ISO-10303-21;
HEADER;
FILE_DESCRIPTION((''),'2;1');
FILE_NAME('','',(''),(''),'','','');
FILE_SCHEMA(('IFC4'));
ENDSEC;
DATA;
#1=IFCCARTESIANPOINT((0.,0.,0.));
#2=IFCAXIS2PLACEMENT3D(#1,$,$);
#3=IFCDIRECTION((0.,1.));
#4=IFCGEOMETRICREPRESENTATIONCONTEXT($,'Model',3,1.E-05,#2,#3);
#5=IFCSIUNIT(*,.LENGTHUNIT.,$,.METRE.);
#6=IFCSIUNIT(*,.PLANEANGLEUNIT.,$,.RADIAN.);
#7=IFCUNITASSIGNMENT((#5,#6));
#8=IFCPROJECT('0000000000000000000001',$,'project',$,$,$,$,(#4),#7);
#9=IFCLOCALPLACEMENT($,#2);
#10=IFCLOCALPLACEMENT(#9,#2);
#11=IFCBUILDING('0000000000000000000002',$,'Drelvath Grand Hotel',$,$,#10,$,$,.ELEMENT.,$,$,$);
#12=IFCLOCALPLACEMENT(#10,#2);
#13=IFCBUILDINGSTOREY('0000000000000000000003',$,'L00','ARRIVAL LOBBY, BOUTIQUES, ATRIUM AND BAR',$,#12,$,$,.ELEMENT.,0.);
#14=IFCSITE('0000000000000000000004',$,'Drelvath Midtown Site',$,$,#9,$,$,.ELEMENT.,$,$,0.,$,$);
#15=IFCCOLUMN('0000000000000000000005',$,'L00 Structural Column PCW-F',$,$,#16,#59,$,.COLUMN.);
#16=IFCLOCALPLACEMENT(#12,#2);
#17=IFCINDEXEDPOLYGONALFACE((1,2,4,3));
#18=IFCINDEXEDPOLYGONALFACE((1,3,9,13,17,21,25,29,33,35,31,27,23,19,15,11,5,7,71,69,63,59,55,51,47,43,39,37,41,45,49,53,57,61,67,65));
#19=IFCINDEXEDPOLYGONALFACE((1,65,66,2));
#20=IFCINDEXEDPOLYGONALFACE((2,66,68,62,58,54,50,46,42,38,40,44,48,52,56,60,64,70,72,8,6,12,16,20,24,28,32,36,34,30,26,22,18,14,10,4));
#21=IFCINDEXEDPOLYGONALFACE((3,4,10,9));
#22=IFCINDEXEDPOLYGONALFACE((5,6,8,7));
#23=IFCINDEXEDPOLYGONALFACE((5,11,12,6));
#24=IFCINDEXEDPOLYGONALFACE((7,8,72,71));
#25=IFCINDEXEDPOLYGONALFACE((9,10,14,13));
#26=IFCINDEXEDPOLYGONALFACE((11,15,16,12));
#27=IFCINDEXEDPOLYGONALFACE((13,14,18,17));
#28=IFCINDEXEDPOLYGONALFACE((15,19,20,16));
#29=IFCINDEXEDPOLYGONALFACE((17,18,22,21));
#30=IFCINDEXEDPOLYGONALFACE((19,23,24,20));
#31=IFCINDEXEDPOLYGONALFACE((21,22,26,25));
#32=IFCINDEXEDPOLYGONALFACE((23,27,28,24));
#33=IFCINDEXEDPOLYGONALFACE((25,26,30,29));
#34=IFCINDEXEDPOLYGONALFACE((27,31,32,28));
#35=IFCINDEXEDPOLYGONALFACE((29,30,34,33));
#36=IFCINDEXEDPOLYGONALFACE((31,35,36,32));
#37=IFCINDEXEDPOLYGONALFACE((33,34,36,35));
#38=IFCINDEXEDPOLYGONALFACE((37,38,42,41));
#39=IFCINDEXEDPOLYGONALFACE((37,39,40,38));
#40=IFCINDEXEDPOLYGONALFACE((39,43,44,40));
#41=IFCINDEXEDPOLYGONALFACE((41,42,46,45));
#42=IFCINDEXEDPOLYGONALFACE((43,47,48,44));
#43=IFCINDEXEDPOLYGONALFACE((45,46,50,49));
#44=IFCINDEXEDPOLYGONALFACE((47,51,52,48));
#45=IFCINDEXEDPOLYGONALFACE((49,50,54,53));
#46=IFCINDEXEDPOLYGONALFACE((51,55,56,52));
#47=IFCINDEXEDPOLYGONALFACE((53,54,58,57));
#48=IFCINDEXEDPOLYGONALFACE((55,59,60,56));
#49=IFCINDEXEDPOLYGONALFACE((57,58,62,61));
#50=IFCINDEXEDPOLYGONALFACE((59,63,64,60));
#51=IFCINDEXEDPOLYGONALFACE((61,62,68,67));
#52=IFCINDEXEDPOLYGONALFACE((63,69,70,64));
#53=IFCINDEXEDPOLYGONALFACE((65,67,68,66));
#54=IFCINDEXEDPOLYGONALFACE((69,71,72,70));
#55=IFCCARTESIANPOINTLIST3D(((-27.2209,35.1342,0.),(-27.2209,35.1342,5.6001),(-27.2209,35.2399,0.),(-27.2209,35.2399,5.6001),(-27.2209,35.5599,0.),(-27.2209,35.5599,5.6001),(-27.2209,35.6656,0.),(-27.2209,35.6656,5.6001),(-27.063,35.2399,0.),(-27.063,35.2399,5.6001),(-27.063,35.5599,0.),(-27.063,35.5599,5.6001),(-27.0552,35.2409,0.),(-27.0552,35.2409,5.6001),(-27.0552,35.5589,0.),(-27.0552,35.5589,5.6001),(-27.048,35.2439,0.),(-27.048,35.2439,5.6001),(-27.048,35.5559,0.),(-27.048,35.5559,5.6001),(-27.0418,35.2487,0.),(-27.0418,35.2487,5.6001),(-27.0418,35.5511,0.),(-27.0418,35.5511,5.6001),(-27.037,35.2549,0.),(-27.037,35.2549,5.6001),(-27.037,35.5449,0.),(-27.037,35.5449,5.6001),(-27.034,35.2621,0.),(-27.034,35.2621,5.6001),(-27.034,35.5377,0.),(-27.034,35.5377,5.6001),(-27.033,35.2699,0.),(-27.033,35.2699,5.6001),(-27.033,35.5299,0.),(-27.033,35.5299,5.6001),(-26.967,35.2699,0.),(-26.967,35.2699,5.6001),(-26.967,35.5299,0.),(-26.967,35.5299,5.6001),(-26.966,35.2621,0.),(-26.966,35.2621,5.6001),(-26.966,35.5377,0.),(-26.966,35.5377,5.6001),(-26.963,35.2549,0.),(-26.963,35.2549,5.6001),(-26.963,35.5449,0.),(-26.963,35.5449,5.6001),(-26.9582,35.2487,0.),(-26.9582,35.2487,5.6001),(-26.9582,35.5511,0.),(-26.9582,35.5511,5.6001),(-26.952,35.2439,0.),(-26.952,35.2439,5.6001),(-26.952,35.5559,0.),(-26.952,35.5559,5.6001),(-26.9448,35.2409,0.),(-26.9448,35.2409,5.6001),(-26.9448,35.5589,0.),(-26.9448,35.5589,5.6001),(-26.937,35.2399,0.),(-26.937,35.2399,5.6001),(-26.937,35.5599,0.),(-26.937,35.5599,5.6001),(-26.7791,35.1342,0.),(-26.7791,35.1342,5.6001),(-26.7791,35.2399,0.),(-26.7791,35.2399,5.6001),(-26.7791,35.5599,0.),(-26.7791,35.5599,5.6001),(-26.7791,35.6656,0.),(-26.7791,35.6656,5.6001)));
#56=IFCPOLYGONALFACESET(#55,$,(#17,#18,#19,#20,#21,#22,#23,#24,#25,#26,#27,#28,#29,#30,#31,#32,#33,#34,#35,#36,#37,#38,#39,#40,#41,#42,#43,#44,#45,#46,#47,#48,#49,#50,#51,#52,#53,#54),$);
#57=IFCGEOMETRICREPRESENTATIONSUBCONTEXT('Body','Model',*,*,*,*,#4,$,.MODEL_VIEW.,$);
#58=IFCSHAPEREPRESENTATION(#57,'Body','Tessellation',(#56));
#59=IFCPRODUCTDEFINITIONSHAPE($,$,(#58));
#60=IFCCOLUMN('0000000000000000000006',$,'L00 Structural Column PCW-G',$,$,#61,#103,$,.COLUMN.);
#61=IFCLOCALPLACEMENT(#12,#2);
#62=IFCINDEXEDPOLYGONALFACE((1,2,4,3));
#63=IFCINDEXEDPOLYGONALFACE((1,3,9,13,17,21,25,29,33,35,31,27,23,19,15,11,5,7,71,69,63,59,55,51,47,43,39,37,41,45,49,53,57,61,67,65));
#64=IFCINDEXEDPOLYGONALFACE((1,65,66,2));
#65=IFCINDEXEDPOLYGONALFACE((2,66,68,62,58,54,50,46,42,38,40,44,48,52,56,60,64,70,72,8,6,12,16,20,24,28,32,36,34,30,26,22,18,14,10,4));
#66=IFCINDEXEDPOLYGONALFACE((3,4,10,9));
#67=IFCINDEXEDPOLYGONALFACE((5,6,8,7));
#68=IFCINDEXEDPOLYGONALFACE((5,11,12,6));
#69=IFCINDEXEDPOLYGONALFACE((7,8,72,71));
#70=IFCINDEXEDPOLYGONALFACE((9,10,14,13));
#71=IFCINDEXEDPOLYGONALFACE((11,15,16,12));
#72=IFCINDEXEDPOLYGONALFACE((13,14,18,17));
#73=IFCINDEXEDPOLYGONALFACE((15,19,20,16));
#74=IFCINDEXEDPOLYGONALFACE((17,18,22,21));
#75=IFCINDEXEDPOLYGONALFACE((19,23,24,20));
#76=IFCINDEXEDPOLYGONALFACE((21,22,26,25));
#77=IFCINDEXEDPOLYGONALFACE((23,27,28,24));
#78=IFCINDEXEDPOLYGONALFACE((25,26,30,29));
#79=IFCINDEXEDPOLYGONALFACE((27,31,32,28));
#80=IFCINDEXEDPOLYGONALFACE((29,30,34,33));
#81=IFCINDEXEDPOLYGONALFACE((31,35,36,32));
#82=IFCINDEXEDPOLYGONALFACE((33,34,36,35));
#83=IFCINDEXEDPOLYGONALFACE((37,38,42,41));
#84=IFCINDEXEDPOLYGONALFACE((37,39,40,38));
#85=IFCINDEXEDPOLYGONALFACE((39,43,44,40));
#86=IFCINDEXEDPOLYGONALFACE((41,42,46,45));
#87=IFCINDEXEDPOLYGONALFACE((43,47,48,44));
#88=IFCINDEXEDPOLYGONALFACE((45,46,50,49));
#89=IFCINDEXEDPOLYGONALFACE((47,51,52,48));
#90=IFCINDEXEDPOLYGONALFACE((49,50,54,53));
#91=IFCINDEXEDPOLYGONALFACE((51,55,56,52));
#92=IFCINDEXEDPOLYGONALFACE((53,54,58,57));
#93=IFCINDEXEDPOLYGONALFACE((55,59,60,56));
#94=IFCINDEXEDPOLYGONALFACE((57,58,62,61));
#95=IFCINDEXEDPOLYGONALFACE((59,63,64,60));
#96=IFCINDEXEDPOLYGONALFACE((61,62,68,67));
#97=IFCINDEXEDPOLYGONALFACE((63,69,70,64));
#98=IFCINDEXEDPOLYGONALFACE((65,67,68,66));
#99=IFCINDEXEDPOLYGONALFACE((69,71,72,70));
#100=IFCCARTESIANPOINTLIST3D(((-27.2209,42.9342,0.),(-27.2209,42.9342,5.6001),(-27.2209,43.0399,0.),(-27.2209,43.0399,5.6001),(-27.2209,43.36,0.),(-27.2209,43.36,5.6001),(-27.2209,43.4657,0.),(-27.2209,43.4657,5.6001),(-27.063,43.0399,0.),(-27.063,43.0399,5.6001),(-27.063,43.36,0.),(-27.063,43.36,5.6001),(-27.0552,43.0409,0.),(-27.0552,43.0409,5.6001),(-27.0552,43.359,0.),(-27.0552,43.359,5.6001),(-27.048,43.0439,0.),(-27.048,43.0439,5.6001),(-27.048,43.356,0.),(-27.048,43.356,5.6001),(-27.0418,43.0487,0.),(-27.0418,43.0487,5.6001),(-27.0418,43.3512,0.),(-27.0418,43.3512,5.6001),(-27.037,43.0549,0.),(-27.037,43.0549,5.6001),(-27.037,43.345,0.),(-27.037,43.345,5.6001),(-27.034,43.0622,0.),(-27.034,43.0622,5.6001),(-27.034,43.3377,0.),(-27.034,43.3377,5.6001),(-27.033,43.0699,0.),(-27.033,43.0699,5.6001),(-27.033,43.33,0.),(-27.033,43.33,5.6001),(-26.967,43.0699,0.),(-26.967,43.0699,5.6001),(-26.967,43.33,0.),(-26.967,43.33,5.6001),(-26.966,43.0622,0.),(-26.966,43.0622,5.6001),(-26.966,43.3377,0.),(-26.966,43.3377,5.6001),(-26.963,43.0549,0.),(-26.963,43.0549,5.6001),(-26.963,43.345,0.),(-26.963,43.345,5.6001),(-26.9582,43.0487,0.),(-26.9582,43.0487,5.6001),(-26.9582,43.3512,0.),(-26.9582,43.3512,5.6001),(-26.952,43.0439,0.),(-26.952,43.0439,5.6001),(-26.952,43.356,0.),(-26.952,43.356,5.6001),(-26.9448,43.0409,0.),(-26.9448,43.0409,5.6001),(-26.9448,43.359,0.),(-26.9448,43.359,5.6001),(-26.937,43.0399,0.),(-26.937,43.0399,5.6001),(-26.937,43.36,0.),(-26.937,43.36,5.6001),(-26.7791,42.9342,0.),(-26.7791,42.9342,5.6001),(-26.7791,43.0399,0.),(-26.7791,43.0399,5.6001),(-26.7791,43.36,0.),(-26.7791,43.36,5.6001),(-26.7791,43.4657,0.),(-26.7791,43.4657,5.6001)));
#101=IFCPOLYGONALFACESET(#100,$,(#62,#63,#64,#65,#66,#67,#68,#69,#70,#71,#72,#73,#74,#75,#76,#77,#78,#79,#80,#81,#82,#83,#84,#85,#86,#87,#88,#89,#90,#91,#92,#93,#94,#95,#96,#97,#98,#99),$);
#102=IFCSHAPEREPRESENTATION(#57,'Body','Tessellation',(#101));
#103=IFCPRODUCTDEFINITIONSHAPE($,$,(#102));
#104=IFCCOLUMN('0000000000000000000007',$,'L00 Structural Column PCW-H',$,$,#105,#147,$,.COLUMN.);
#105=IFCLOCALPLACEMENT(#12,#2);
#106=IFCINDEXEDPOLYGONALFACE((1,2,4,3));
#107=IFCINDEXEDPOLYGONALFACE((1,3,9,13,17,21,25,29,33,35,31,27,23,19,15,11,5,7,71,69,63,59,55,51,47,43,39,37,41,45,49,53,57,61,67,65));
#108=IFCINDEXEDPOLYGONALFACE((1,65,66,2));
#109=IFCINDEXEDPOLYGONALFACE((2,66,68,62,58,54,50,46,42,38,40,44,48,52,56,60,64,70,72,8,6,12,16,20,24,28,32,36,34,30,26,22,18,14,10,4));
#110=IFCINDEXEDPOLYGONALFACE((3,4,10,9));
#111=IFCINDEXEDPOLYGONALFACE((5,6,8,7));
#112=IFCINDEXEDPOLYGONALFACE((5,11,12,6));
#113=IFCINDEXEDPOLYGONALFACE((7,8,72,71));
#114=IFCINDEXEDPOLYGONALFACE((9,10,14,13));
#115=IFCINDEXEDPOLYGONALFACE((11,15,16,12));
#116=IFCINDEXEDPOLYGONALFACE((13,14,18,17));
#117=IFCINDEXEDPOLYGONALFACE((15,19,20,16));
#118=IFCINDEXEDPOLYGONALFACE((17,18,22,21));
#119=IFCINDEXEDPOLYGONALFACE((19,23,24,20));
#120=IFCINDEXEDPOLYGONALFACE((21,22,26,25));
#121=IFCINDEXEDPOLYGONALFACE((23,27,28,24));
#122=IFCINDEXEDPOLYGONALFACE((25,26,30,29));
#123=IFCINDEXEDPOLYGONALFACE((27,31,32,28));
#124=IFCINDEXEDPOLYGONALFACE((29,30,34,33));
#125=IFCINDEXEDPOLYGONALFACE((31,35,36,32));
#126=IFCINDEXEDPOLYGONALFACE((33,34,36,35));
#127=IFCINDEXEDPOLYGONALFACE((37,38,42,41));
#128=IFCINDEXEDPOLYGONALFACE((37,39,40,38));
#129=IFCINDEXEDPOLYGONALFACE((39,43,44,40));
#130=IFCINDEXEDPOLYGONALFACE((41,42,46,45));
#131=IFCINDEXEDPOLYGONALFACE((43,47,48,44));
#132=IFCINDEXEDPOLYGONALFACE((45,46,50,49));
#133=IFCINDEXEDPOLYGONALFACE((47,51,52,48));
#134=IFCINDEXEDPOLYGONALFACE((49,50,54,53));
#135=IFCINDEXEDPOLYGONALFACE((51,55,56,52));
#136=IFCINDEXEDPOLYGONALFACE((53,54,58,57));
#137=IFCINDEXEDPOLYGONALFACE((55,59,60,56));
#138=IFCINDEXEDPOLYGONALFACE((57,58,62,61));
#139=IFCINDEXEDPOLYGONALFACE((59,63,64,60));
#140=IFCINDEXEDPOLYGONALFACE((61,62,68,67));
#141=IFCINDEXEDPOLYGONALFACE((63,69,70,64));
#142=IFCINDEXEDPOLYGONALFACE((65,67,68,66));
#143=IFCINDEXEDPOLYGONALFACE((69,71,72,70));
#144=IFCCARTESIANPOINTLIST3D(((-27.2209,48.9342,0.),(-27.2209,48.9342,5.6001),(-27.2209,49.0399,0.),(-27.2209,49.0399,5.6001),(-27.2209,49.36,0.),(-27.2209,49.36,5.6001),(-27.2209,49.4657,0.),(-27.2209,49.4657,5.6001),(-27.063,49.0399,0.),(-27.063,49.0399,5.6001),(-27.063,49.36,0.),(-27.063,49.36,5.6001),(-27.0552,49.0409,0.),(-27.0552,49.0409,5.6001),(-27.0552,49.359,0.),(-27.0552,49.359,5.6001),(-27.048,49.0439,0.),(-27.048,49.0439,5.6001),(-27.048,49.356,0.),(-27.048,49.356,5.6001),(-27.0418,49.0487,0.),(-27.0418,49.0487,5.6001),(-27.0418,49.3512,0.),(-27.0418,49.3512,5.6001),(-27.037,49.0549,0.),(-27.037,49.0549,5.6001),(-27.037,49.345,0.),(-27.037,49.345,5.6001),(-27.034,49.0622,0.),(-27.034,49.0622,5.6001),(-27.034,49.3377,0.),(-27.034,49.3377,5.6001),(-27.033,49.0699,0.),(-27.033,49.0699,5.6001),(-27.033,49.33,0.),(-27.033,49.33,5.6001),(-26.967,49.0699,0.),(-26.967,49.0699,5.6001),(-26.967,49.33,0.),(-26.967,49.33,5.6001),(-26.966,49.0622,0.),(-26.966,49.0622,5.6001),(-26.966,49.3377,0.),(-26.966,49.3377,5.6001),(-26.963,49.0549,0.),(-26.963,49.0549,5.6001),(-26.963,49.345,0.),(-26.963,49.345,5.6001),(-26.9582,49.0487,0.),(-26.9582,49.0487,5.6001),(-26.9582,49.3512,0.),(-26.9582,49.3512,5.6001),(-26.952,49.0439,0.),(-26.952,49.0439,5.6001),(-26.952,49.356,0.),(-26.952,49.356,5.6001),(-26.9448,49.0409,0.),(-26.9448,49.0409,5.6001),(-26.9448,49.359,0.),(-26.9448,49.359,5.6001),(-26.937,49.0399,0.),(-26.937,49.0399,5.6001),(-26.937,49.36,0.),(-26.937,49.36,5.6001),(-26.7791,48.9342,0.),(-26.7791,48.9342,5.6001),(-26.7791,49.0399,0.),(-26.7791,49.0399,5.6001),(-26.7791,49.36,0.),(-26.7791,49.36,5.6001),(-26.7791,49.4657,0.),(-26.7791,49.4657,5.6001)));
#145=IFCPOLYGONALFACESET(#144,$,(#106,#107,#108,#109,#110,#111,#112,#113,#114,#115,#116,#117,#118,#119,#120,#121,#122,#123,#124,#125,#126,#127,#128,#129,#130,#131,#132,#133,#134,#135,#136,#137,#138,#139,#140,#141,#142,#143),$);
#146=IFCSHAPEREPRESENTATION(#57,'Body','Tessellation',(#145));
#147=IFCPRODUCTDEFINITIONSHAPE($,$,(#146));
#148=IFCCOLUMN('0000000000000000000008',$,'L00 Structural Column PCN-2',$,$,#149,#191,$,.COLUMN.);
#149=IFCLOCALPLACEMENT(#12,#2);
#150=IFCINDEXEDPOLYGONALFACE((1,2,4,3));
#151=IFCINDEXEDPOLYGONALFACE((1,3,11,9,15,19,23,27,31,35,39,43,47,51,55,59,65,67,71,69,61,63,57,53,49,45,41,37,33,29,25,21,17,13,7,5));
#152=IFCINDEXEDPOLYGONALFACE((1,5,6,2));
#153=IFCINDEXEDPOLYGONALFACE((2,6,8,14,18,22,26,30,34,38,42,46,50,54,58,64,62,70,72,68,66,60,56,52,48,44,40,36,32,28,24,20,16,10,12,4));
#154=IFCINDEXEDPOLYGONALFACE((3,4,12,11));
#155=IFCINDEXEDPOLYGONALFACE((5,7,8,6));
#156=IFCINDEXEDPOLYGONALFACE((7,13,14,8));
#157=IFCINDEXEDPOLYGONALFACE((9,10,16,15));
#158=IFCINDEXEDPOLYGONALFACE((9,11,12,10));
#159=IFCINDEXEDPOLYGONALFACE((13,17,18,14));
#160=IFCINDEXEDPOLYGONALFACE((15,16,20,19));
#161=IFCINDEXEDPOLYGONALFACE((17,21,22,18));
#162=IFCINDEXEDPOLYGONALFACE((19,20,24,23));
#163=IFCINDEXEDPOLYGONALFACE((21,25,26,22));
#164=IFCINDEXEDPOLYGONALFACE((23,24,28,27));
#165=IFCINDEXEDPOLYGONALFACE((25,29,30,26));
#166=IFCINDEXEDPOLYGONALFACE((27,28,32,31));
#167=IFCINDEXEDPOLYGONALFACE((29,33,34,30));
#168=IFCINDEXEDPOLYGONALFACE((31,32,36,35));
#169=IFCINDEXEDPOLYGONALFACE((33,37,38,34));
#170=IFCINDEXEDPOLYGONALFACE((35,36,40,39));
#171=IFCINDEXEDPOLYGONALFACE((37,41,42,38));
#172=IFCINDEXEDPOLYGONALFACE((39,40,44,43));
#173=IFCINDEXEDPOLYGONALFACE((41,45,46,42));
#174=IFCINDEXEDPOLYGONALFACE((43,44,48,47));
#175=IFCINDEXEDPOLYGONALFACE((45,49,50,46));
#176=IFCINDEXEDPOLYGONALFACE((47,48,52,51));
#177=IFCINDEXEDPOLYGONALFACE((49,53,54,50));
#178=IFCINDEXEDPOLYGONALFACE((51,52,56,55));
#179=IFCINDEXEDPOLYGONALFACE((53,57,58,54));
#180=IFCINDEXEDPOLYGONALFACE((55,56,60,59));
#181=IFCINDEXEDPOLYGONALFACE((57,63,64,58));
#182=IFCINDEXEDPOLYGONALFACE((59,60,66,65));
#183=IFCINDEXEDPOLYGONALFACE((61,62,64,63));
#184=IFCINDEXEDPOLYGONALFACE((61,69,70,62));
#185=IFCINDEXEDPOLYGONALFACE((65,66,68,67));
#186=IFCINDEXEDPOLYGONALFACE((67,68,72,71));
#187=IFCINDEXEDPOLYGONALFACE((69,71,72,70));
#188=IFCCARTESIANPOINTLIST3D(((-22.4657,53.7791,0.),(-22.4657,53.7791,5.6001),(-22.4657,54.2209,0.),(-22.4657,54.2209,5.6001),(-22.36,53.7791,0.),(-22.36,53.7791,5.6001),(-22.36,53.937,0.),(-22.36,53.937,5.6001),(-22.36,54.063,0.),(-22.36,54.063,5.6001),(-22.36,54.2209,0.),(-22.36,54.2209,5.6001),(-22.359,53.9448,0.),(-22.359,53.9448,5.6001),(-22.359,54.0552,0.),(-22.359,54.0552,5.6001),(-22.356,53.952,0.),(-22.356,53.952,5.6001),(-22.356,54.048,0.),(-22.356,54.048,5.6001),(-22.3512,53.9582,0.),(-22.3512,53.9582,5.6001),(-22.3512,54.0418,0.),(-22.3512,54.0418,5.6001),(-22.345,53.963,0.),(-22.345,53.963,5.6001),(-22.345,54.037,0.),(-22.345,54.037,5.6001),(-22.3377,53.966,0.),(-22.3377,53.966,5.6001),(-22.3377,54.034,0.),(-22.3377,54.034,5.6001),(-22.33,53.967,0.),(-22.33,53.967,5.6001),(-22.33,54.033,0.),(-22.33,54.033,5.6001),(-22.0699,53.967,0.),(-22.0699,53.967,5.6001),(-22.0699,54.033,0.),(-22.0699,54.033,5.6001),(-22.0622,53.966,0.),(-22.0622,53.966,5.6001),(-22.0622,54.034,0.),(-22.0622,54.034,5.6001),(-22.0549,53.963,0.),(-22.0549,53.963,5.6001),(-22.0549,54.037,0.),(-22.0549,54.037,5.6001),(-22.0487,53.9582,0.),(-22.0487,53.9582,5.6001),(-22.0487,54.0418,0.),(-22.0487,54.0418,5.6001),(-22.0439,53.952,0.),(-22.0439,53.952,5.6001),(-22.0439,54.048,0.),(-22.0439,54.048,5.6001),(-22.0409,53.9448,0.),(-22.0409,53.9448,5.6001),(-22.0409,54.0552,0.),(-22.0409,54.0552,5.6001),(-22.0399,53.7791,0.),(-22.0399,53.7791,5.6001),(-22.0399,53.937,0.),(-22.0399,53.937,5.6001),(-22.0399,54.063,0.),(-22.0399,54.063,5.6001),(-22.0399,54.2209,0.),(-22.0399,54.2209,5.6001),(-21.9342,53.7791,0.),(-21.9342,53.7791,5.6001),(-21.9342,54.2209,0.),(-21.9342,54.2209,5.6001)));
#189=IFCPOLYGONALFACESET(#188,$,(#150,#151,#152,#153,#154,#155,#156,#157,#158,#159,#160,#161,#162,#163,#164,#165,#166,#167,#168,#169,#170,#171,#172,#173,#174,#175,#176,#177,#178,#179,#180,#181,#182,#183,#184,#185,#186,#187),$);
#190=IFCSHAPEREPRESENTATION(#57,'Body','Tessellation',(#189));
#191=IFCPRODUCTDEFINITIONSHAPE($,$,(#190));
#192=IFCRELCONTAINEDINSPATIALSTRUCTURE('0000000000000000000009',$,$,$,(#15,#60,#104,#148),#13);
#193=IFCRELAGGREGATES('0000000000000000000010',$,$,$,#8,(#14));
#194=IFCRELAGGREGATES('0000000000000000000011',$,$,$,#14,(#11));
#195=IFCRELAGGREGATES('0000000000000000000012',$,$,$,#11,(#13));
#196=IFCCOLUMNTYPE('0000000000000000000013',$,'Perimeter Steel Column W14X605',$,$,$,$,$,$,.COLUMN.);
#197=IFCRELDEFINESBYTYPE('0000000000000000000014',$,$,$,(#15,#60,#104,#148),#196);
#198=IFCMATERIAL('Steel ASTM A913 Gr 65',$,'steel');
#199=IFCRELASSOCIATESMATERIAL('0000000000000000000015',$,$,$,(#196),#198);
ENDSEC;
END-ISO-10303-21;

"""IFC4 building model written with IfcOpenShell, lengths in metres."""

from ifc_helpers import new_model, si_unit, direction, frame, origin, origin_2d, place, context, subcontext, project, spatial, i_section, extrude, material, material_profile, profile_set, type_object, element, save


model = new_model("IFC4")

# Units and contexts
model_context = context("Model", 3, precision=1e-05, world=origin(), true_north=direction((0.0, 1.0)))
body_context = subcontext(model_context, "Body", "Model", "MODEL_VIEW")
ifc_project = project(units=[si_unit("LENGTHUNIT", "METRE"), si_unit("PLANEANGLEUNIT", "RADIAN")], contexts=[model_context])

# Site, building, storey
site_placement = place(None, origin())
site = spatial("IfcSite", under=ifc_project, at=site_placement, Name="Drelvath Midtown Site", CompositionType="ELEMENT", RefElevation=0.0)
building_placement = place(site_placement, origin())
building = spatial("IfcBuilding", under=site, at=building_placement, Name="Drelvath Grand Hotel", CompositionType="ELEMENT")
storey_placement = place(building_placement, origin())
storey = spatial("IfcBuildingStorey", under=building, at=storey_placement, Name="L00", Description="ARRIVAL LOBBY, BOUTIQUES, ATRIUM AND BAR", CompositionType="ELEMENT", Elevation=0.0)

# Columns
ifc_material_1 = material(Name="Steel ASTM A913 Gr 65", Category="steel")
ifc_material_profile_1 = material_profile(ifc_material_1, i_section(OverallWidth=0.4419, OverallDepth=0.5315, WebThickness=0.0659, FlangeThickness=0.1057, FilletRadius=0.03, at=origin_2d()), Name="W14X605")
ifc_profile_set_1 = profile_set([ifc_material_profile_1], Name="Steel ASTM A913 Gr 65")
column_type = type_object("IfcColumnType", Name="Perimeter Steel Column W14X605", PredefinedType="COLUMN", material=ifc_profile_set_1)
for number, where, z_axis, x_axis, name in (
    (1, (-27.0, 35.3999, 0.0), (0.0, 0.0, 1.0), (1.0, 0.0, 0.0), "L00 Structural Column PCW-F"),
    (2, (-27.0, 43.2, 0.0), (0.0, 0.0, 1.0), (1.0, 0.0, 0.0), "L00 Structural Column PCW-G"),
    (3, (-27.0, 49.2, 0.0), (0.0, 0.0, 1.0), (1.0, 0.0, 0.0), "L00 Structural Column PCW-H"),
    (4, (-22.2, 54.0, 0.0), (0.0, 0.0, 1.0), (0.0, 1.0, 0.0), "L00 Structural Column PCN-2"),
):
    element("IfcColumn", number, at=place(storey_placement, frame(where, z_axis=z_axis, x_axis=x_axis)), inside=storey, type_object=column_type, Name=name, PredefinedType="COLUMN", context=body_context, shape_type="SweptSolid", body=[
        extrude(i_section(OverallWidth=0.4419, OverallDepth=0.5315, WebThickness=0.0659, FlangeThickness=0.1057, FilletRadius=0.03, at=origin_2d()), origin(), (0.0, 0.0, 1.0), 5.6001),
    ])

save(model, "model.ifc")
